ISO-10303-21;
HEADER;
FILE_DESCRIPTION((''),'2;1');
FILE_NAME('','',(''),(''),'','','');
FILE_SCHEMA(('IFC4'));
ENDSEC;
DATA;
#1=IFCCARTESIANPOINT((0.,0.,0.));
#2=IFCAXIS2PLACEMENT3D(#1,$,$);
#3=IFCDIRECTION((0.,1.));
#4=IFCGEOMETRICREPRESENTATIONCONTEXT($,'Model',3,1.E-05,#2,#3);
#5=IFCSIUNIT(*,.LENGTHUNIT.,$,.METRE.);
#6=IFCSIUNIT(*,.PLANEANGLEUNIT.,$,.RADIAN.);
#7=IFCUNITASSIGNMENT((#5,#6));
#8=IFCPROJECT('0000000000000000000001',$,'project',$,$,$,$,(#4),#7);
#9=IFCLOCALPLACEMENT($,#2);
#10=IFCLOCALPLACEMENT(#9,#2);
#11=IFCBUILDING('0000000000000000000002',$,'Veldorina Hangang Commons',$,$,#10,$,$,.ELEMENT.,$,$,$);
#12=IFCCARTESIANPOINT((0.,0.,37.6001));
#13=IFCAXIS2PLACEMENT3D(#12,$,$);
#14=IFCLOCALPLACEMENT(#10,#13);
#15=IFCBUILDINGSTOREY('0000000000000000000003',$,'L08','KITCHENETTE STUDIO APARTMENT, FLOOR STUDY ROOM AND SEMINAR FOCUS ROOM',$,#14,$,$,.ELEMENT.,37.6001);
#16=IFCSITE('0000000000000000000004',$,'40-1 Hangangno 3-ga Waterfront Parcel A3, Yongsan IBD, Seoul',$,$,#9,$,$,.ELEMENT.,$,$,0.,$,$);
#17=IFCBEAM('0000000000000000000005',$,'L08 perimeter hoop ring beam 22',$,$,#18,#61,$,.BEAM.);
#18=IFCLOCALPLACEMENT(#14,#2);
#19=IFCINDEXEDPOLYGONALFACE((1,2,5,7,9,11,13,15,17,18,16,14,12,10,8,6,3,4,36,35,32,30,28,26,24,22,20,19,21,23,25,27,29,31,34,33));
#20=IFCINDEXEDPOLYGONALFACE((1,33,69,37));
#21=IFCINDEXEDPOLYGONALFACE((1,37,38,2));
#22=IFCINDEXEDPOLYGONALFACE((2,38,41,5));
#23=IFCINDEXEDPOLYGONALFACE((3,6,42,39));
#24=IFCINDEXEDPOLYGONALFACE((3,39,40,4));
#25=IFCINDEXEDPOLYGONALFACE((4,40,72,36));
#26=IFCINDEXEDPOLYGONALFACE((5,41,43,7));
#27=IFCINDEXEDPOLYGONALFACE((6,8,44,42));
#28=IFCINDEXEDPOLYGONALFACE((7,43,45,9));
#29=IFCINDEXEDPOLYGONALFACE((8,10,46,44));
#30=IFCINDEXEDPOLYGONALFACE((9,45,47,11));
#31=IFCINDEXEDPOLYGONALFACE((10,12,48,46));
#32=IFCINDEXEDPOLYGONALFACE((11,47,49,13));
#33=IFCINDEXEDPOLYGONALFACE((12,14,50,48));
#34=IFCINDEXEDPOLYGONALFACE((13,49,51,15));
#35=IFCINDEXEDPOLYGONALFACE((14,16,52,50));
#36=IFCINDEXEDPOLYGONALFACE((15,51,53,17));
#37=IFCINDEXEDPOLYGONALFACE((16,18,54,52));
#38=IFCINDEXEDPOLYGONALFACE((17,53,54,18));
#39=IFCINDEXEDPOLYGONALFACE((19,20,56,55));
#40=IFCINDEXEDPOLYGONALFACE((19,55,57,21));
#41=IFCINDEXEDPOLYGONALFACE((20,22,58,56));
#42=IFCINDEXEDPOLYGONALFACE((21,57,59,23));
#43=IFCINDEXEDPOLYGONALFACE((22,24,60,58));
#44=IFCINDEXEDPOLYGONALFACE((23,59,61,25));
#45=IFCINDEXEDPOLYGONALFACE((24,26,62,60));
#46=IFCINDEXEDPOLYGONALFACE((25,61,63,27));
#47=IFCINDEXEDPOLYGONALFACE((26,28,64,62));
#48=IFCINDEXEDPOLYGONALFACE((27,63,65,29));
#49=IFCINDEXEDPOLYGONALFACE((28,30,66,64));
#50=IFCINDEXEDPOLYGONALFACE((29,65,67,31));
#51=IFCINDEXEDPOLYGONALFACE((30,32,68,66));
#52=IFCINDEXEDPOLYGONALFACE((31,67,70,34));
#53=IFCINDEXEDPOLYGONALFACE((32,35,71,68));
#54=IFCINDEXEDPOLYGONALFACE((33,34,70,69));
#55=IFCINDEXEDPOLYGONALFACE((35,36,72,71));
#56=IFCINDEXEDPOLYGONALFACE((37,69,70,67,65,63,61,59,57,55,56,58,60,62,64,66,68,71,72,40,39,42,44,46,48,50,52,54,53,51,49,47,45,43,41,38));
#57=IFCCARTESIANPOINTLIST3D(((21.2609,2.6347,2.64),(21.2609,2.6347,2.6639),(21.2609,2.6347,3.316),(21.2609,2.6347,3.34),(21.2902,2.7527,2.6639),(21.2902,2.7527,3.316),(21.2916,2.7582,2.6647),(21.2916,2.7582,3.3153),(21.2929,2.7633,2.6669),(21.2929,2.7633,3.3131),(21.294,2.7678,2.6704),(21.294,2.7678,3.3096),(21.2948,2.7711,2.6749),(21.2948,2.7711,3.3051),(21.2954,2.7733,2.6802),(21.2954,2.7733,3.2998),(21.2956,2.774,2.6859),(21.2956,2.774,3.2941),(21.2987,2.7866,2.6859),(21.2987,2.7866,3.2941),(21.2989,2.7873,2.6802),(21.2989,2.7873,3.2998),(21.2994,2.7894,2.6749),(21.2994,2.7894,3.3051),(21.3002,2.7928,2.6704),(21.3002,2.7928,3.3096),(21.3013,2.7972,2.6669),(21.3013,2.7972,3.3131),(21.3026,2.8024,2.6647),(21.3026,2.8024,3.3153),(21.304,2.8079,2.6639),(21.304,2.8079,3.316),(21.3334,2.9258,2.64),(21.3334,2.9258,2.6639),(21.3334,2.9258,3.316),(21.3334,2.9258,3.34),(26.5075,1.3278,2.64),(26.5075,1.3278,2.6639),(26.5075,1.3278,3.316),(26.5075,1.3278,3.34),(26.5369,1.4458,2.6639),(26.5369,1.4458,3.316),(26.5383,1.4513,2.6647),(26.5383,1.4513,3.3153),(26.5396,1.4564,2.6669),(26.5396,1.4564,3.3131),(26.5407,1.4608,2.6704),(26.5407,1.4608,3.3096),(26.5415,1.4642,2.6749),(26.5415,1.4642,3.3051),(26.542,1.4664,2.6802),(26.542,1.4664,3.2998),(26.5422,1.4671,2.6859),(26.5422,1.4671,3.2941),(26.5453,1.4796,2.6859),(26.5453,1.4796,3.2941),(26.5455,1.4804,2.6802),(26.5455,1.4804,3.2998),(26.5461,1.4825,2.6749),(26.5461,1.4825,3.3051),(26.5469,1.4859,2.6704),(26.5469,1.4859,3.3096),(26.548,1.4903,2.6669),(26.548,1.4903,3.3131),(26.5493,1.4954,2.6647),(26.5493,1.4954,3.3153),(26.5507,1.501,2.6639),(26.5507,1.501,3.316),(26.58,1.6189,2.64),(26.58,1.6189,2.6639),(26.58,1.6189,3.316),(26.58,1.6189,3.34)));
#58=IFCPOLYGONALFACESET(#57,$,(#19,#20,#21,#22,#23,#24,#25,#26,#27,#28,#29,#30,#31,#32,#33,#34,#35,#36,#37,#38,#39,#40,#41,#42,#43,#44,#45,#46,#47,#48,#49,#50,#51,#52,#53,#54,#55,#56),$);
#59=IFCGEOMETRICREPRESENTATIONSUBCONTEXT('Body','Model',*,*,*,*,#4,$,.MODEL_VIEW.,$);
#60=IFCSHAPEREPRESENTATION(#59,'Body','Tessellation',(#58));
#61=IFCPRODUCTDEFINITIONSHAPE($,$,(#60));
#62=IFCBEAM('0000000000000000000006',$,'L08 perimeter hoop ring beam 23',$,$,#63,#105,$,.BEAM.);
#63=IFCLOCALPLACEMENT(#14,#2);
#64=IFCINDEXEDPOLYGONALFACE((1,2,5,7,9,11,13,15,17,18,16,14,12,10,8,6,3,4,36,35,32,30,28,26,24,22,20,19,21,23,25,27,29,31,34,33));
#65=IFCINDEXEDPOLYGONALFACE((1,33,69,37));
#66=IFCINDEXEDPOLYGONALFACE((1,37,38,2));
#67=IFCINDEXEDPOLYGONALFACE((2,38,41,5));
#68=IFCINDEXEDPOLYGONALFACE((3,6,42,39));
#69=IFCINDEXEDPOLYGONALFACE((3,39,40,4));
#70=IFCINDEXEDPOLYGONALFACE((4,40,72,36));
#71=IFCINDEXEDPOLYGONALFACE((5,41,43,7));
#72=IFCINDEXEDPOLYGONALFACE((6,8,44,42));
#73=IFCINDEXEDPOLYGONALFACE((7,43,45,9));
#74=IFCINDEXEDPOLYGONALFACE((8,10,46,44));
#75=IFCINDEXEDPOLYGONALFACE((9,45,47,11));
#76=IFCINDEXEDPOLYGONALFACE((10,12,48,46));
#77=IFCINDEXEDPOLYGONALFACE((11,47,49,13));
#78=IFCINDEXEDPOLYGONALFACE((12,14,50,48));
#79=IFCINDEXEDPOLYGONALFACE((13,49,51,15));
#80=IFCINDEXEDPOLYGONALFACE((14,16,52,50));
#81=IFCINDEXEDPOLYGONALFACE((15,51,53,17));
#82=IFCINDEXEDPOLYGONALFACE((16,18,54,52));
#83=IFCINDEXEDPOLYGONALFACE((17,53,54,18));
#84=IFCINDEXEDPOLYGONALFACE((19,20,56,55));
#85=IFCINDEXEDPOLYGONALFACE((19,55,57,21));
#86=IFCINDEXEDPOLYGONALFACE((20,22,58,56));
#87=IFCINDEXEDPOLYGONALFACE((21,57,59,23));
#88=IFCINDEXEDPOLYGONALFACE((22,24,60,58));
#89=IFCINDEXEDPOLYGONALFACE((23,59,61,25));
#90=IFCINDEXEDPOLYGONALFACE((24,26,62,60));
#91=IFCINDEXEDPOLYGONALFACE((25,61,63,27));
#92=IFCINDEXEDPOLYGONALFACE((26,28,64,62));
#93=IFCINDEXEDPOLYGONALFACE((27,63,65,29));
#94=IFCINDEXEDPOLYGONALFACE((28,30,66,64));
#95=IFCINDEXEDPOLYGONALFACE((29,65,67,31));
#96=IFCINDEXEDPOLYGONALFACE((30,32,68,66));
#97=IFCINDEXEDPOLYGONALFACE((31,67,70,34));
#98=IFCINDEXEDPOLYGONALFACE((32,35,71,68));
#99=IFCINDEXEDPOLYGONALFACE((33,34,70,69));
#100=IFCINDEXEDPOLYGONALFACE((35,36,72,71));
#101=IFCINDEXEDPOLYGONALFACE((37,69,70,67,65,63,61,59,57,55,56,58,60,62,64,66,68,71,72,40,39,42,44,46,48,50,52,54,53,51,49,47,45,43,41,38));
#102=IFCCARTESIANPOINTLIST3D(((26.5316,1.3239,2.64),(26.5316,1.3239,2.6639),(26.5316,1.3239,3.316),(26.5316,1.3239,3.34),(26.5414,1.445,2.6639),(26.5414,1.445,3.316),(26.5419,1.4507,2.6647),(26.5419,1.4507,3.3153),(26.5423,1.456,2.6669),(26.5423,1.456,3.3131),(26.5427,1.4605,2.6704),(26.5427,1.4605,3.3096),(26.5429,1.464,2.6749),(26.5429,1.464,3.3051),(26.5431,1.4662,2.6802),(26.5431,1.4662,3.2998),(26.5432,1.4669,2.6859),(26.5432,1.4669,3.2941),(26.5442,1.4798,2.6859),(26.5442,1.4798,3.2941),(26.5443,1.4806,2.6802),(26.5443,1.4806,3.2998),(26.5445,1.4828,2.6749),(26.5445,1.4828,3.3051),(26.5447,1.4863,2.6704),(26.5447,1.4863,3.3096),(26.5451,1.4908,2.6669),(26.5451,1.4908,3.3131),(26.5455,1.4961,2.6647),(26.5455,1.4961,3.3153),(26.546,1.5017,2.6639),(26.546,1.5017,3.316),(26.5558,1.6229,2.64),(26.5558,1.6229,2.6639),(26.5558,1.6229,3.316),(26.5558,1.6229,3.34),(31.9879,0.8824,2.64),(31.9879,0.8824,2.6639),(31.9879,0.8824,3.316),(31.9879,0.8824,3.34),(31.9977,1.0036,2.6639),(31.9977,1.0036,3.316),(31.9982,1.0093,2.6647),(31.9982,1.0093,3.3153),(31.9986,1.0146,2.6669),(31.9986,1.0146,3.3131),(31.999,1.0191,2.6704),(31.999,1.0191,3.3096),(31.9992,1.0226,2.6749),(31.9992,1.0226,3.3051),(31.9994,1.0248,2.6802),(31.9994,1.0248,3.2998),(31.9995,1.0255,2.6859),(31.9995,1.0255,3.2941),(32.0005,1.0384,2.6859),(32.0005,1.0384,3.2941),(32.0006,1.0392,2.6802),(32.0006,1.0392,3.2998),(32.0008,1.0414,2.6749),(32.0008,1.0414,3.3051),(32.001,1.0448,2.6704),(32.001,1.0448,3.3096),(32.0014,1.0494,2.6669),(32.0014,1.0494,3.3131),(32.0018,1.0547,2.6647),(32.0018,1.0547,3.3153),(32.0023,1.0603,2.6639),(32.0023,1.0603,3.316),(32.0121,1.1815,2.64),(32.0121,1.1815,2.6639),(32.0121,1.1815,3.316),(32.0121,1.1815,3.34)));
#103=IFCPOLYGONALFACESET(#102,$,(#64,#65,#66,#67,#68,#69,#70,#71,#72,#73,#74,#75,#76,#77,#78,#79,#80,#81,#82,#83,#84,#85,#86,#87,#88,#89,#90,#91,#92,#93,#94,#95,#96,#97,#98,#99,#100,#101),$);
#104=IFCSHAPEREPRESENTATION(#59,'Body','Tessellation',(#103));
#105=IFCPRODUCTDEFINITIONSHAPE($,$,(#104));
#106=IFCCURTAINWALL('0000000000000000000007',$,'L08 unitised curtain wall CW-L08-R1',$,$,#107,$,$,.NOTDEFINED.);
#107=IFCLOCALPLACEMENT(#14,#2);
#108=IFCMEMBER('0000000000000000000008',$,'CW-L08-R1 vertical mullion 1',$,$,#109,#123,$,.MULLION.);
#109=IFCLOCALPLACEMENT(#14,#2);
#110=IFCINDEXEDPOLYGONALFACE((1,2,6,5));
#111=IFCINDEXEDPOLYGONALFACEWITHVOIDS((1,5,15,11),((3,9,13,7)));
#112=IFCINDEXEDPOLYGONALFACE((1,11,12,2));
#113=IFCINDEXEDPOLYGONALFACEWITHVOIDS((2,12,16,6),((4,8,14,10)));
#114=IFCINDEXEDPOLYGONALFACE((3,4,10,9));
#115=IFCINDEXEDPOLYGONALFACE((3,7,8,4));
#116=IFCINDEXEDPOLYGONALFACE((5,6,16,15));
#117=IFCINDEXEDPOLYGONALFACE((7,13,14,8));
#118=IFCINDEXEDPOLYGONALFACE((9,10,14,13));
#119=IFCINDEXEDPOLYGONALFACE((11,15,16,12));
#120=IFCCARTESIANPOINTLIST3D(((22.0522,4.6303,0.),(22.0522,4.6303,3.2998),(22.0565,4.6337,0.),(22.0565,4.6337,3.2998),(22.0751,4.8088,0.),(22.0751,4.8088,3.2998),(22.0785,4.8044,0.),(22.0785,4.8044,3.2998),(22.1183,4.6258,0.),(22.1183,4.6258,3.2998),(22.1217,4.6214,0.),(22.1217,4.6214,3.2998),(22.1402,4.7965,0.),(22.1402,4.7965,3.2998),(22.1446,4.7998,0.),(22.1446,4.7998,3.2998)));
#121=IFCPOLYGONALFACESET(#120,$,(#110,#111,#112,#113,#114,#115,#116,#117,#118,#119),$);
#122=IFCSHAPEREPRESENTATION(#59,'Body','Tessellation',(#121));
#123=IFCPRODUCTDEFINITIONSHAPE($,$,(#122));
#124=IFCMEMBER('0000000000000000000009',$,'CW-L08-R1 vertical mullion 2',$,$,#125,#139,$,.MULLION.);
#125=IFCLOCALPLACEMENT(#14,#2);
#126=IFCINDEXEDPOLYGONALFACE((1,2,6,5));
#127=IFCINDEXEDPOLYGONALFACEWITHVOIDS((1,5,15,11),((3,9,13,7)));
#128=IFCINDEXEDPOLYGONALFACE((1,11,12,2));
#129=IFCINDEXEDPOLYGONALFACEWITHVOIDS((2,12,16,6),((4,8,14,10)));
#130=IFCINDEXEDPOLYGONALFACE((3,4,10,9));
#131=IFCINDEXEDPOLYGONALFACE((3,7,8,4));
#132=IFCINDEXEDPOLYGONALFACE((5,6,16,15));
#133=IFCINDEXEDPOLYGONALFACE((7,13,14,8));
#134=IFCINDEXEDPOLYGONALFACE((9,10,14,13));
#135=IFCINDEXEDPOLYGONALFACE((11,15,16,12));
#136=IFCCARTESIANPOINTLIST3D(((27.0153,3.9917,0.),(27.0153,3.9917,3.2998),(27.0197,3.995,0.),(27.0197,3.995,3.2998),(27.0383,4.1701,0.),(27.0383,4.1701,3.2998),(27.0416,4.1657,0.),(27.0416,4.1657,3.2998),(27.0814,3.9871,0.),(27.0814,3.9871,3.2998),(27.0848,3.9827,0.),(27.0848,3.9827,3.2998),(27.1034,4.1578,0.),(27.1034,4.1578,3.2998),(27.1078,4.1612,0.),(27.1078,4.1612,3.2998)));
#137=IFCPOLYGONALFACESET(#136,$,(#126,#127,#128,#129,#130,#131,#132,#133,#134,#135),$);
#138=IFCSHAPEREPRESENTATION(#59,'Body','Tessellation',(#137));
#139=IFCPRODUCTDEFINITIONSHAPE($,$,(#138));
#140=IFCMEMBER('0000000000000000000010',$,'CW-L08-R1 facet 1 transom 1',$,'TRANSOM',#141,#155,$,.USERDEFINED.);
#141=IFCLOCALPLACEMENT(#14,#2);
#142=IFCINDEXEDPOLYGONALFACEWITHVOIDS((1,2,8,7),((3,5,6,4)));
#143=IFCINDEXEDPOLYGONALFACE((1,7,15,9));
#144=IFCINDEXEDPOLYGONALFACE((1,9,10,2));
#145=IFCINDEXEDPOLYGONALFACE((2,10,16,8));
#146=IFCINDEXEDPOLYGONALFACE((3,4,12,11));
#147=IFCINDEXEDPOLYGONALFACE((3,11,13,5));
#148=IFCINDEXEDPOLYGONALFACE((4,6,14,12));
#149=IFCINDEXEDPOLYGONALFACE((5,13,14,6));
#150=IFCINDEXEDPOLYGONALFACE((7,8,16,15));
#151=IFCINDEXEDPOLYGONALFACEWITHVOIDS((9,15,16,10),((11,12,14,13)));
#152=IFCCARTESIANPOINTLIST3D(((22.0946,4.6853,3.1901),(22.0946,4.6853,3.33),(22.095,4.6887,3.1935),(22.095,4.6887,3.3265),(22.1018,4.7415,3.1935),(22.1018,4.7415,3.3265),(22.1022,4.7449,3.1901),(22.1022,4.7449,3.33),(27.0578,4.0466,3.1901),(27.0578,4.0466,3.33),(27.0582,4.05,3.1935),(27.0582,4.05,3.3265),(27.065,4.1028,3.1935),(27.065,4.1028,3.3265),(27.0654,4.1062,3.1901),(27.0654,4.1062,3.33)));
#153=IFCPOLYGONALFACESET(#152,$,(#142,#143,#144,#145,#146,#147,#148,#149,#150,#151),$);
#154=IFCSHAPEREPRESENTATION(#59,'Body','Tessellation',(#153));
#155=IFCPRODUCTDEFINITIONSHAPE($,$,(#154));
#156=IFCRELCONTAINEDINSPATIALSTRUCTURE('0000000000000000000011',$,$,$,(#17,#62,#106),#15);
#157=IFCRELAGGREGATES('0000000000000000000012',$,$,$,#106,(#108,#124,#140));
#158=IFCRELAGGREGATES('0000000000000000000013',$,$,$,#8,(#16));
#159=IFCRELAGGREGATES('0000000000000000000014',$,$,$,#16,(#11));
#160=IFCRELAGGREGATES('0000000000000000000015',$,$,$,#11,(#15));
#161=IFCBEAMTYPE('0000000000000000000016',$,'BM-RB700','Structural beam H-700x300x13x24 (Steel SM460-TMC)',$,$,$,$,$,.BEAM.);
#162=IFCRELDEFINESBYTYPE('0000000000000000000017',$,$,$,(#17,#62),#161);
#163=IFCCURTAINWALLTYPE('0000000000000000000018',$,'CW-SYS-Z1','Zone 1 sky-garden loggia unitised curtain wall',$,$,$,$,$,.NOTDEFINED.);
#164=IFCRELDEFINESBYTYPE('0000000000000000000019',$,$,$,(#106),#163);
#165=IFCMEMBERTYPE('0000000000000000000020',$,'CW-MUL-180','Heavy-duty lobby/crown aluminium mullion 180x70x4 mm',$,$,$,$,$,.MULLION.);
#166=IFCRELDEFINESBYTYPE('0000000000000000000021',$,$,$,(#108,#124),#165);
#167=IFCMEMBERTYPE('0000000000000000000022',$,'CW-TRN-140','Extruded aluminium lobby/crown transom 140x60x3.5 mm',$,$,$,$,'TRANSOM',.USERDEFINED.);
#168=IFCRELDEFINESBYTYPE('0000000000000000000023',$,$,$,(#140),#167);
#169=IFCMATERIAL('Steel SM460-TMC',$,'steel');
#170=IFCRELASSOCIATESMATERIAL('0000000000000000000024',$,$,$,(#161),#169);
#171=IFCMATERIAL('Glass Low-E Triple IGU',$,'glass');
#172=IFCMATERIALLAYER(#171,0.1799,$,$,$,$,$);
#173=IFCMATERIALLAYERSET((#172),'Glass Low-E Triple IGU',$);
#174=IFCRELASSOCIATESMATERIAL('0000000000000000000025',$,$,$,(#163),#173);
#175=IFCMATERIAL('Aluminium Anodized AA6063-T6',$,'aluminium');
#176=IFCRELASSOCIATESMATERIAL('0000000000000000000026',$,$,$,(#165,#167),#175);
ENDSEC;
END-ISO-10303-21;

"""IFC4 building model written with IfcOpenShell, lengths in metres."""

from ifc_helpers import new_model, si_unit, direction, frame, origin, origin_2d, place, context, subcontext, project, spatial, hollow_rectangle, i_section, extrude, material, layer, layer_set, material_profile, profile_set, type_object, element, aggregate, save


model = new_model("IFC4")

# Units and contexts
model_context = context("Model", 3, precision=1e-05, world=origin(), true_north=direction((0.0, 1.0)))
body_context = subcontext(model_context, "Body", "Model", "MODEL_VIEW")
ifc_project = project(units=[si_unit("LENGTHUNIT", "METRE"), si_unit("PLANEANGLEUNIT", "RADIAN")], contexts=[model_context])

# Site, building, storey
site_placement = place(None, origin())
site = spatial("IfcSite", under=ifc_project, at=site_placement, Name="40-1 Hangangno 3-ga Waterfront Parcel A3, Yongsan IBD, Seoul", CompositionType="ELEMENT", RefElevation=0.0)
building_placement = place(site_placement, origin())
building = spatial("IfcBuilding", under=site, at=building_placement, Name="Veldorina Hangang Commons", CompositionType="ELEMENT")
storey_placement = place(building_placement, frame((0.0, 0.0, 37.6001)))
storey = spatial("IfcBuildingStorey", under=building, at=storey_placement, Name="L08", Description="KITCHENETTE STUDIO APARTMENT, FLOOR STUDY ROOM AND SEMINAR FOCUS ROOM", CompositionType="ELEMENT", Elevation=37.6001)

# Beams
ifc_material_1 = material(Name="Steel SM460-TMC", Category="steel")
ifc_material_profile_1 = material_profile(ifc_material_1, i_section(OverallWidth=0.3, OverallDepth=0.7, WebThickness=0.0129, FlangeThickness=0.0239, FilletRadius=0.022, at=origin_2d()), Name="H-700x300x13x24")
ifc_profile_set_1 = profile_set([ifc_material_profile_1], Name="Steel SM460-TMC")
beam_type = type_object("IfcBeamType", Name="BM-RB700", Description="Structural beam H-700x300x13x24 (Steel SM460-TMC)", PredefinedType="BEAM", material=ifc_profile_set_1)
beam_1_placement = place(storey_placement, frame((21.2971, 2.7803, 2.99), z_axis=(0.970349, -0.241707, 0.0), x_axis=(0.241707, 0.970349, 0.0)))
element("IfcBeam", 1, at=beam_1_placement, inside=storey, type_object=beam_type, Name="L08 perimeter hoop ring beam 22", PredefinedType="BEAM", context=body_context, shape_type="SweptSolid", body=[
    extrude(i_section(OverallWidth=0.3, OverallDepth=0.7, WebThickness=0.0129, FlangeThickness=0.0239, FilletRadius=0.022, at=origin_2d()), origin(), (0.0, 0.0, 1.0), 5.407),
])
beam_2_placement = place(storey_placement, frame((26.5437, 1.4734, 2.99), z_axis=(0.996744, -0.080635, 0.0), x_axis=(0.080635, 0.996744, 0.0)))
element("IfcBeam", 2, at=beam_2_placement, inside=storey, type_object=beam_type, Name="L08 perimeter hoop ring beam 23", PredefinedType="BEAM", context=body_context, shape_type="SweptSolid", body=[
    extrude(i_section(OverallWidth=0.3, OverallDepth=0.7, WebThickness=0.0129, FlangeThickness=0.0239, FilletRadius=0.022, at=origin_2d()), origin(), (0.0, 0.0, 1.0), 5.4741),
])

# Curtain wall, members
ifc_material_2 = material(Name="Glass Low-E Triple IGU", Category="glass")
ifc_layer_1 = layer(ifc_material_2, 0.1799)
ifc_layer_set_1 = layer_set([ifc_layer_1], Name="Glass Low-E Triple IGU")
curtain_wall_type = type_object("IfcCurtainWallType", Name="CW-SYS-Z1", Description="Zone 1 sky-garden loggia unitised curtain wall", PredefinedType="NOTDEFINED", material=ifc_layer_set_1)
curtain_wall_placement = place(storey_placement, origin())
curtain_wall = element("IfcCurtainWall", 3, at=curtain_wall_placement, inside=storey, type_object=curtain_wall_type, Name="L08 unitised curtain wall CW-L08-R1", PredefinedType="NOTDEFINED")
ifc_material_3 = material(Name="Aluminium Anodized AA6063-T6", Category="aluminium")
ifc_material_profile_2 = material_profile(ifc_material_3, hollow_rectangle(XDim=0.0701, YDim=0.1799, WallThickness=0.0039, at=origin_2d()), Name="ALU-RHS-180x70x4")
ifc_profile_set_2 = profile_set([ifc_material_profile_2], Name="Aluminium Anodized AA6063-T6")
member_type_1 = type_object("IfcMemberType", Name="CW-MUL-180", Description="Heavy-duty lobby/crown aluminium mullion 180x70x4 mm", PredefinedType="MULLION", material=ifc_profile_set_2)
member_1_placement = place(storey_placement, frame((22.0984, 4.7151, 0.0), z_axis=(0.0, 0.0, 1.0), x_axis=(0.991823, -0.127619, 0.0)))
member_1 = element("IfcMember", 4, at=member_1_placement, type_object=member_type_1, Name="CW-L08-R1 vertical mullion 1", PredefinedType="MULLION", context=body_context, shape_type="SweptSolid", body=[
    extrude(hollow_rectangle(XDim=0.0701, YDim=0.1799, WallThickness=0.0039, at=origin_2d()), origin(), (0.0, 0.0, 1.0), 3.2998),
])
member_2_placement = place(storey_placement, frame((27.0615, 4.0764, 0.0), z_axis=(0.0, 0.0, 1.0), x_axis=(-0.991823, 0.127619, 0.0)))
member_2 = element("IfcMember", 5, at=member_2_placement, type_object=member_type_1, Name="CW-L08-R1 vertical mullion 2", PredefinedType="MULLION", context=body_context, shape_type="SweptSolid", body=[
    extrude(hollow_rectangle(XDim=0.0701, YDim=0.1799, WallThickness=0.0039, at=origin_2d()), origin(), (0.0, 0.0, 1.0), 3.2998),
])
ifc_material_profile_3 = material_profile(ifc_material_3, hollow_rectangle(XDim=0.0601, YDim=0.1399, WallThickness=0.0034, at=origin_2d()), Name="ALU-RHS-140x60x3.5")
ifc_profile_set_3 = profile_set([ifc_material_profile_3], Name="Aluminium Anodized AA6063-T6")
member_type_2 = type_object("IfcMemberType", Name="CW-TRN-140", Description="Extruded aluminium lobby/crown transom 140x60x3.5 mm", ElementType="TRANSOM", PredefinedType="USERDEFINED", material=ifc_profile_set_3)
member_3_placement = place(storey_placement, frame((22.0984, 4.7151, 3.26), z_axis=(0.991822, -0.127631, 0.0), x_axis=(0.127631, 0.991822, 0.0)))
member_3 = element("IfcMember", 6, at=member_3_placement, type_object=member_type_2, Name="CW-L08-R1 facet 1 transom 1", ObjectType="TRANSOM", PredefinedType="USERDEFINED", context=body_context, shape_type="SweptSolid", body=[
    extrude(hollow_rectangle(XDim=0.0601, YDim=0.1399, WallThickness=0.0034, at=origin_2d()), origin(), (0.0, 0.0, 1.0), 5.0042),
])

aggregate(curtain_wall, [member_1, member_2, member_3])

save(model, "model.ifc")
